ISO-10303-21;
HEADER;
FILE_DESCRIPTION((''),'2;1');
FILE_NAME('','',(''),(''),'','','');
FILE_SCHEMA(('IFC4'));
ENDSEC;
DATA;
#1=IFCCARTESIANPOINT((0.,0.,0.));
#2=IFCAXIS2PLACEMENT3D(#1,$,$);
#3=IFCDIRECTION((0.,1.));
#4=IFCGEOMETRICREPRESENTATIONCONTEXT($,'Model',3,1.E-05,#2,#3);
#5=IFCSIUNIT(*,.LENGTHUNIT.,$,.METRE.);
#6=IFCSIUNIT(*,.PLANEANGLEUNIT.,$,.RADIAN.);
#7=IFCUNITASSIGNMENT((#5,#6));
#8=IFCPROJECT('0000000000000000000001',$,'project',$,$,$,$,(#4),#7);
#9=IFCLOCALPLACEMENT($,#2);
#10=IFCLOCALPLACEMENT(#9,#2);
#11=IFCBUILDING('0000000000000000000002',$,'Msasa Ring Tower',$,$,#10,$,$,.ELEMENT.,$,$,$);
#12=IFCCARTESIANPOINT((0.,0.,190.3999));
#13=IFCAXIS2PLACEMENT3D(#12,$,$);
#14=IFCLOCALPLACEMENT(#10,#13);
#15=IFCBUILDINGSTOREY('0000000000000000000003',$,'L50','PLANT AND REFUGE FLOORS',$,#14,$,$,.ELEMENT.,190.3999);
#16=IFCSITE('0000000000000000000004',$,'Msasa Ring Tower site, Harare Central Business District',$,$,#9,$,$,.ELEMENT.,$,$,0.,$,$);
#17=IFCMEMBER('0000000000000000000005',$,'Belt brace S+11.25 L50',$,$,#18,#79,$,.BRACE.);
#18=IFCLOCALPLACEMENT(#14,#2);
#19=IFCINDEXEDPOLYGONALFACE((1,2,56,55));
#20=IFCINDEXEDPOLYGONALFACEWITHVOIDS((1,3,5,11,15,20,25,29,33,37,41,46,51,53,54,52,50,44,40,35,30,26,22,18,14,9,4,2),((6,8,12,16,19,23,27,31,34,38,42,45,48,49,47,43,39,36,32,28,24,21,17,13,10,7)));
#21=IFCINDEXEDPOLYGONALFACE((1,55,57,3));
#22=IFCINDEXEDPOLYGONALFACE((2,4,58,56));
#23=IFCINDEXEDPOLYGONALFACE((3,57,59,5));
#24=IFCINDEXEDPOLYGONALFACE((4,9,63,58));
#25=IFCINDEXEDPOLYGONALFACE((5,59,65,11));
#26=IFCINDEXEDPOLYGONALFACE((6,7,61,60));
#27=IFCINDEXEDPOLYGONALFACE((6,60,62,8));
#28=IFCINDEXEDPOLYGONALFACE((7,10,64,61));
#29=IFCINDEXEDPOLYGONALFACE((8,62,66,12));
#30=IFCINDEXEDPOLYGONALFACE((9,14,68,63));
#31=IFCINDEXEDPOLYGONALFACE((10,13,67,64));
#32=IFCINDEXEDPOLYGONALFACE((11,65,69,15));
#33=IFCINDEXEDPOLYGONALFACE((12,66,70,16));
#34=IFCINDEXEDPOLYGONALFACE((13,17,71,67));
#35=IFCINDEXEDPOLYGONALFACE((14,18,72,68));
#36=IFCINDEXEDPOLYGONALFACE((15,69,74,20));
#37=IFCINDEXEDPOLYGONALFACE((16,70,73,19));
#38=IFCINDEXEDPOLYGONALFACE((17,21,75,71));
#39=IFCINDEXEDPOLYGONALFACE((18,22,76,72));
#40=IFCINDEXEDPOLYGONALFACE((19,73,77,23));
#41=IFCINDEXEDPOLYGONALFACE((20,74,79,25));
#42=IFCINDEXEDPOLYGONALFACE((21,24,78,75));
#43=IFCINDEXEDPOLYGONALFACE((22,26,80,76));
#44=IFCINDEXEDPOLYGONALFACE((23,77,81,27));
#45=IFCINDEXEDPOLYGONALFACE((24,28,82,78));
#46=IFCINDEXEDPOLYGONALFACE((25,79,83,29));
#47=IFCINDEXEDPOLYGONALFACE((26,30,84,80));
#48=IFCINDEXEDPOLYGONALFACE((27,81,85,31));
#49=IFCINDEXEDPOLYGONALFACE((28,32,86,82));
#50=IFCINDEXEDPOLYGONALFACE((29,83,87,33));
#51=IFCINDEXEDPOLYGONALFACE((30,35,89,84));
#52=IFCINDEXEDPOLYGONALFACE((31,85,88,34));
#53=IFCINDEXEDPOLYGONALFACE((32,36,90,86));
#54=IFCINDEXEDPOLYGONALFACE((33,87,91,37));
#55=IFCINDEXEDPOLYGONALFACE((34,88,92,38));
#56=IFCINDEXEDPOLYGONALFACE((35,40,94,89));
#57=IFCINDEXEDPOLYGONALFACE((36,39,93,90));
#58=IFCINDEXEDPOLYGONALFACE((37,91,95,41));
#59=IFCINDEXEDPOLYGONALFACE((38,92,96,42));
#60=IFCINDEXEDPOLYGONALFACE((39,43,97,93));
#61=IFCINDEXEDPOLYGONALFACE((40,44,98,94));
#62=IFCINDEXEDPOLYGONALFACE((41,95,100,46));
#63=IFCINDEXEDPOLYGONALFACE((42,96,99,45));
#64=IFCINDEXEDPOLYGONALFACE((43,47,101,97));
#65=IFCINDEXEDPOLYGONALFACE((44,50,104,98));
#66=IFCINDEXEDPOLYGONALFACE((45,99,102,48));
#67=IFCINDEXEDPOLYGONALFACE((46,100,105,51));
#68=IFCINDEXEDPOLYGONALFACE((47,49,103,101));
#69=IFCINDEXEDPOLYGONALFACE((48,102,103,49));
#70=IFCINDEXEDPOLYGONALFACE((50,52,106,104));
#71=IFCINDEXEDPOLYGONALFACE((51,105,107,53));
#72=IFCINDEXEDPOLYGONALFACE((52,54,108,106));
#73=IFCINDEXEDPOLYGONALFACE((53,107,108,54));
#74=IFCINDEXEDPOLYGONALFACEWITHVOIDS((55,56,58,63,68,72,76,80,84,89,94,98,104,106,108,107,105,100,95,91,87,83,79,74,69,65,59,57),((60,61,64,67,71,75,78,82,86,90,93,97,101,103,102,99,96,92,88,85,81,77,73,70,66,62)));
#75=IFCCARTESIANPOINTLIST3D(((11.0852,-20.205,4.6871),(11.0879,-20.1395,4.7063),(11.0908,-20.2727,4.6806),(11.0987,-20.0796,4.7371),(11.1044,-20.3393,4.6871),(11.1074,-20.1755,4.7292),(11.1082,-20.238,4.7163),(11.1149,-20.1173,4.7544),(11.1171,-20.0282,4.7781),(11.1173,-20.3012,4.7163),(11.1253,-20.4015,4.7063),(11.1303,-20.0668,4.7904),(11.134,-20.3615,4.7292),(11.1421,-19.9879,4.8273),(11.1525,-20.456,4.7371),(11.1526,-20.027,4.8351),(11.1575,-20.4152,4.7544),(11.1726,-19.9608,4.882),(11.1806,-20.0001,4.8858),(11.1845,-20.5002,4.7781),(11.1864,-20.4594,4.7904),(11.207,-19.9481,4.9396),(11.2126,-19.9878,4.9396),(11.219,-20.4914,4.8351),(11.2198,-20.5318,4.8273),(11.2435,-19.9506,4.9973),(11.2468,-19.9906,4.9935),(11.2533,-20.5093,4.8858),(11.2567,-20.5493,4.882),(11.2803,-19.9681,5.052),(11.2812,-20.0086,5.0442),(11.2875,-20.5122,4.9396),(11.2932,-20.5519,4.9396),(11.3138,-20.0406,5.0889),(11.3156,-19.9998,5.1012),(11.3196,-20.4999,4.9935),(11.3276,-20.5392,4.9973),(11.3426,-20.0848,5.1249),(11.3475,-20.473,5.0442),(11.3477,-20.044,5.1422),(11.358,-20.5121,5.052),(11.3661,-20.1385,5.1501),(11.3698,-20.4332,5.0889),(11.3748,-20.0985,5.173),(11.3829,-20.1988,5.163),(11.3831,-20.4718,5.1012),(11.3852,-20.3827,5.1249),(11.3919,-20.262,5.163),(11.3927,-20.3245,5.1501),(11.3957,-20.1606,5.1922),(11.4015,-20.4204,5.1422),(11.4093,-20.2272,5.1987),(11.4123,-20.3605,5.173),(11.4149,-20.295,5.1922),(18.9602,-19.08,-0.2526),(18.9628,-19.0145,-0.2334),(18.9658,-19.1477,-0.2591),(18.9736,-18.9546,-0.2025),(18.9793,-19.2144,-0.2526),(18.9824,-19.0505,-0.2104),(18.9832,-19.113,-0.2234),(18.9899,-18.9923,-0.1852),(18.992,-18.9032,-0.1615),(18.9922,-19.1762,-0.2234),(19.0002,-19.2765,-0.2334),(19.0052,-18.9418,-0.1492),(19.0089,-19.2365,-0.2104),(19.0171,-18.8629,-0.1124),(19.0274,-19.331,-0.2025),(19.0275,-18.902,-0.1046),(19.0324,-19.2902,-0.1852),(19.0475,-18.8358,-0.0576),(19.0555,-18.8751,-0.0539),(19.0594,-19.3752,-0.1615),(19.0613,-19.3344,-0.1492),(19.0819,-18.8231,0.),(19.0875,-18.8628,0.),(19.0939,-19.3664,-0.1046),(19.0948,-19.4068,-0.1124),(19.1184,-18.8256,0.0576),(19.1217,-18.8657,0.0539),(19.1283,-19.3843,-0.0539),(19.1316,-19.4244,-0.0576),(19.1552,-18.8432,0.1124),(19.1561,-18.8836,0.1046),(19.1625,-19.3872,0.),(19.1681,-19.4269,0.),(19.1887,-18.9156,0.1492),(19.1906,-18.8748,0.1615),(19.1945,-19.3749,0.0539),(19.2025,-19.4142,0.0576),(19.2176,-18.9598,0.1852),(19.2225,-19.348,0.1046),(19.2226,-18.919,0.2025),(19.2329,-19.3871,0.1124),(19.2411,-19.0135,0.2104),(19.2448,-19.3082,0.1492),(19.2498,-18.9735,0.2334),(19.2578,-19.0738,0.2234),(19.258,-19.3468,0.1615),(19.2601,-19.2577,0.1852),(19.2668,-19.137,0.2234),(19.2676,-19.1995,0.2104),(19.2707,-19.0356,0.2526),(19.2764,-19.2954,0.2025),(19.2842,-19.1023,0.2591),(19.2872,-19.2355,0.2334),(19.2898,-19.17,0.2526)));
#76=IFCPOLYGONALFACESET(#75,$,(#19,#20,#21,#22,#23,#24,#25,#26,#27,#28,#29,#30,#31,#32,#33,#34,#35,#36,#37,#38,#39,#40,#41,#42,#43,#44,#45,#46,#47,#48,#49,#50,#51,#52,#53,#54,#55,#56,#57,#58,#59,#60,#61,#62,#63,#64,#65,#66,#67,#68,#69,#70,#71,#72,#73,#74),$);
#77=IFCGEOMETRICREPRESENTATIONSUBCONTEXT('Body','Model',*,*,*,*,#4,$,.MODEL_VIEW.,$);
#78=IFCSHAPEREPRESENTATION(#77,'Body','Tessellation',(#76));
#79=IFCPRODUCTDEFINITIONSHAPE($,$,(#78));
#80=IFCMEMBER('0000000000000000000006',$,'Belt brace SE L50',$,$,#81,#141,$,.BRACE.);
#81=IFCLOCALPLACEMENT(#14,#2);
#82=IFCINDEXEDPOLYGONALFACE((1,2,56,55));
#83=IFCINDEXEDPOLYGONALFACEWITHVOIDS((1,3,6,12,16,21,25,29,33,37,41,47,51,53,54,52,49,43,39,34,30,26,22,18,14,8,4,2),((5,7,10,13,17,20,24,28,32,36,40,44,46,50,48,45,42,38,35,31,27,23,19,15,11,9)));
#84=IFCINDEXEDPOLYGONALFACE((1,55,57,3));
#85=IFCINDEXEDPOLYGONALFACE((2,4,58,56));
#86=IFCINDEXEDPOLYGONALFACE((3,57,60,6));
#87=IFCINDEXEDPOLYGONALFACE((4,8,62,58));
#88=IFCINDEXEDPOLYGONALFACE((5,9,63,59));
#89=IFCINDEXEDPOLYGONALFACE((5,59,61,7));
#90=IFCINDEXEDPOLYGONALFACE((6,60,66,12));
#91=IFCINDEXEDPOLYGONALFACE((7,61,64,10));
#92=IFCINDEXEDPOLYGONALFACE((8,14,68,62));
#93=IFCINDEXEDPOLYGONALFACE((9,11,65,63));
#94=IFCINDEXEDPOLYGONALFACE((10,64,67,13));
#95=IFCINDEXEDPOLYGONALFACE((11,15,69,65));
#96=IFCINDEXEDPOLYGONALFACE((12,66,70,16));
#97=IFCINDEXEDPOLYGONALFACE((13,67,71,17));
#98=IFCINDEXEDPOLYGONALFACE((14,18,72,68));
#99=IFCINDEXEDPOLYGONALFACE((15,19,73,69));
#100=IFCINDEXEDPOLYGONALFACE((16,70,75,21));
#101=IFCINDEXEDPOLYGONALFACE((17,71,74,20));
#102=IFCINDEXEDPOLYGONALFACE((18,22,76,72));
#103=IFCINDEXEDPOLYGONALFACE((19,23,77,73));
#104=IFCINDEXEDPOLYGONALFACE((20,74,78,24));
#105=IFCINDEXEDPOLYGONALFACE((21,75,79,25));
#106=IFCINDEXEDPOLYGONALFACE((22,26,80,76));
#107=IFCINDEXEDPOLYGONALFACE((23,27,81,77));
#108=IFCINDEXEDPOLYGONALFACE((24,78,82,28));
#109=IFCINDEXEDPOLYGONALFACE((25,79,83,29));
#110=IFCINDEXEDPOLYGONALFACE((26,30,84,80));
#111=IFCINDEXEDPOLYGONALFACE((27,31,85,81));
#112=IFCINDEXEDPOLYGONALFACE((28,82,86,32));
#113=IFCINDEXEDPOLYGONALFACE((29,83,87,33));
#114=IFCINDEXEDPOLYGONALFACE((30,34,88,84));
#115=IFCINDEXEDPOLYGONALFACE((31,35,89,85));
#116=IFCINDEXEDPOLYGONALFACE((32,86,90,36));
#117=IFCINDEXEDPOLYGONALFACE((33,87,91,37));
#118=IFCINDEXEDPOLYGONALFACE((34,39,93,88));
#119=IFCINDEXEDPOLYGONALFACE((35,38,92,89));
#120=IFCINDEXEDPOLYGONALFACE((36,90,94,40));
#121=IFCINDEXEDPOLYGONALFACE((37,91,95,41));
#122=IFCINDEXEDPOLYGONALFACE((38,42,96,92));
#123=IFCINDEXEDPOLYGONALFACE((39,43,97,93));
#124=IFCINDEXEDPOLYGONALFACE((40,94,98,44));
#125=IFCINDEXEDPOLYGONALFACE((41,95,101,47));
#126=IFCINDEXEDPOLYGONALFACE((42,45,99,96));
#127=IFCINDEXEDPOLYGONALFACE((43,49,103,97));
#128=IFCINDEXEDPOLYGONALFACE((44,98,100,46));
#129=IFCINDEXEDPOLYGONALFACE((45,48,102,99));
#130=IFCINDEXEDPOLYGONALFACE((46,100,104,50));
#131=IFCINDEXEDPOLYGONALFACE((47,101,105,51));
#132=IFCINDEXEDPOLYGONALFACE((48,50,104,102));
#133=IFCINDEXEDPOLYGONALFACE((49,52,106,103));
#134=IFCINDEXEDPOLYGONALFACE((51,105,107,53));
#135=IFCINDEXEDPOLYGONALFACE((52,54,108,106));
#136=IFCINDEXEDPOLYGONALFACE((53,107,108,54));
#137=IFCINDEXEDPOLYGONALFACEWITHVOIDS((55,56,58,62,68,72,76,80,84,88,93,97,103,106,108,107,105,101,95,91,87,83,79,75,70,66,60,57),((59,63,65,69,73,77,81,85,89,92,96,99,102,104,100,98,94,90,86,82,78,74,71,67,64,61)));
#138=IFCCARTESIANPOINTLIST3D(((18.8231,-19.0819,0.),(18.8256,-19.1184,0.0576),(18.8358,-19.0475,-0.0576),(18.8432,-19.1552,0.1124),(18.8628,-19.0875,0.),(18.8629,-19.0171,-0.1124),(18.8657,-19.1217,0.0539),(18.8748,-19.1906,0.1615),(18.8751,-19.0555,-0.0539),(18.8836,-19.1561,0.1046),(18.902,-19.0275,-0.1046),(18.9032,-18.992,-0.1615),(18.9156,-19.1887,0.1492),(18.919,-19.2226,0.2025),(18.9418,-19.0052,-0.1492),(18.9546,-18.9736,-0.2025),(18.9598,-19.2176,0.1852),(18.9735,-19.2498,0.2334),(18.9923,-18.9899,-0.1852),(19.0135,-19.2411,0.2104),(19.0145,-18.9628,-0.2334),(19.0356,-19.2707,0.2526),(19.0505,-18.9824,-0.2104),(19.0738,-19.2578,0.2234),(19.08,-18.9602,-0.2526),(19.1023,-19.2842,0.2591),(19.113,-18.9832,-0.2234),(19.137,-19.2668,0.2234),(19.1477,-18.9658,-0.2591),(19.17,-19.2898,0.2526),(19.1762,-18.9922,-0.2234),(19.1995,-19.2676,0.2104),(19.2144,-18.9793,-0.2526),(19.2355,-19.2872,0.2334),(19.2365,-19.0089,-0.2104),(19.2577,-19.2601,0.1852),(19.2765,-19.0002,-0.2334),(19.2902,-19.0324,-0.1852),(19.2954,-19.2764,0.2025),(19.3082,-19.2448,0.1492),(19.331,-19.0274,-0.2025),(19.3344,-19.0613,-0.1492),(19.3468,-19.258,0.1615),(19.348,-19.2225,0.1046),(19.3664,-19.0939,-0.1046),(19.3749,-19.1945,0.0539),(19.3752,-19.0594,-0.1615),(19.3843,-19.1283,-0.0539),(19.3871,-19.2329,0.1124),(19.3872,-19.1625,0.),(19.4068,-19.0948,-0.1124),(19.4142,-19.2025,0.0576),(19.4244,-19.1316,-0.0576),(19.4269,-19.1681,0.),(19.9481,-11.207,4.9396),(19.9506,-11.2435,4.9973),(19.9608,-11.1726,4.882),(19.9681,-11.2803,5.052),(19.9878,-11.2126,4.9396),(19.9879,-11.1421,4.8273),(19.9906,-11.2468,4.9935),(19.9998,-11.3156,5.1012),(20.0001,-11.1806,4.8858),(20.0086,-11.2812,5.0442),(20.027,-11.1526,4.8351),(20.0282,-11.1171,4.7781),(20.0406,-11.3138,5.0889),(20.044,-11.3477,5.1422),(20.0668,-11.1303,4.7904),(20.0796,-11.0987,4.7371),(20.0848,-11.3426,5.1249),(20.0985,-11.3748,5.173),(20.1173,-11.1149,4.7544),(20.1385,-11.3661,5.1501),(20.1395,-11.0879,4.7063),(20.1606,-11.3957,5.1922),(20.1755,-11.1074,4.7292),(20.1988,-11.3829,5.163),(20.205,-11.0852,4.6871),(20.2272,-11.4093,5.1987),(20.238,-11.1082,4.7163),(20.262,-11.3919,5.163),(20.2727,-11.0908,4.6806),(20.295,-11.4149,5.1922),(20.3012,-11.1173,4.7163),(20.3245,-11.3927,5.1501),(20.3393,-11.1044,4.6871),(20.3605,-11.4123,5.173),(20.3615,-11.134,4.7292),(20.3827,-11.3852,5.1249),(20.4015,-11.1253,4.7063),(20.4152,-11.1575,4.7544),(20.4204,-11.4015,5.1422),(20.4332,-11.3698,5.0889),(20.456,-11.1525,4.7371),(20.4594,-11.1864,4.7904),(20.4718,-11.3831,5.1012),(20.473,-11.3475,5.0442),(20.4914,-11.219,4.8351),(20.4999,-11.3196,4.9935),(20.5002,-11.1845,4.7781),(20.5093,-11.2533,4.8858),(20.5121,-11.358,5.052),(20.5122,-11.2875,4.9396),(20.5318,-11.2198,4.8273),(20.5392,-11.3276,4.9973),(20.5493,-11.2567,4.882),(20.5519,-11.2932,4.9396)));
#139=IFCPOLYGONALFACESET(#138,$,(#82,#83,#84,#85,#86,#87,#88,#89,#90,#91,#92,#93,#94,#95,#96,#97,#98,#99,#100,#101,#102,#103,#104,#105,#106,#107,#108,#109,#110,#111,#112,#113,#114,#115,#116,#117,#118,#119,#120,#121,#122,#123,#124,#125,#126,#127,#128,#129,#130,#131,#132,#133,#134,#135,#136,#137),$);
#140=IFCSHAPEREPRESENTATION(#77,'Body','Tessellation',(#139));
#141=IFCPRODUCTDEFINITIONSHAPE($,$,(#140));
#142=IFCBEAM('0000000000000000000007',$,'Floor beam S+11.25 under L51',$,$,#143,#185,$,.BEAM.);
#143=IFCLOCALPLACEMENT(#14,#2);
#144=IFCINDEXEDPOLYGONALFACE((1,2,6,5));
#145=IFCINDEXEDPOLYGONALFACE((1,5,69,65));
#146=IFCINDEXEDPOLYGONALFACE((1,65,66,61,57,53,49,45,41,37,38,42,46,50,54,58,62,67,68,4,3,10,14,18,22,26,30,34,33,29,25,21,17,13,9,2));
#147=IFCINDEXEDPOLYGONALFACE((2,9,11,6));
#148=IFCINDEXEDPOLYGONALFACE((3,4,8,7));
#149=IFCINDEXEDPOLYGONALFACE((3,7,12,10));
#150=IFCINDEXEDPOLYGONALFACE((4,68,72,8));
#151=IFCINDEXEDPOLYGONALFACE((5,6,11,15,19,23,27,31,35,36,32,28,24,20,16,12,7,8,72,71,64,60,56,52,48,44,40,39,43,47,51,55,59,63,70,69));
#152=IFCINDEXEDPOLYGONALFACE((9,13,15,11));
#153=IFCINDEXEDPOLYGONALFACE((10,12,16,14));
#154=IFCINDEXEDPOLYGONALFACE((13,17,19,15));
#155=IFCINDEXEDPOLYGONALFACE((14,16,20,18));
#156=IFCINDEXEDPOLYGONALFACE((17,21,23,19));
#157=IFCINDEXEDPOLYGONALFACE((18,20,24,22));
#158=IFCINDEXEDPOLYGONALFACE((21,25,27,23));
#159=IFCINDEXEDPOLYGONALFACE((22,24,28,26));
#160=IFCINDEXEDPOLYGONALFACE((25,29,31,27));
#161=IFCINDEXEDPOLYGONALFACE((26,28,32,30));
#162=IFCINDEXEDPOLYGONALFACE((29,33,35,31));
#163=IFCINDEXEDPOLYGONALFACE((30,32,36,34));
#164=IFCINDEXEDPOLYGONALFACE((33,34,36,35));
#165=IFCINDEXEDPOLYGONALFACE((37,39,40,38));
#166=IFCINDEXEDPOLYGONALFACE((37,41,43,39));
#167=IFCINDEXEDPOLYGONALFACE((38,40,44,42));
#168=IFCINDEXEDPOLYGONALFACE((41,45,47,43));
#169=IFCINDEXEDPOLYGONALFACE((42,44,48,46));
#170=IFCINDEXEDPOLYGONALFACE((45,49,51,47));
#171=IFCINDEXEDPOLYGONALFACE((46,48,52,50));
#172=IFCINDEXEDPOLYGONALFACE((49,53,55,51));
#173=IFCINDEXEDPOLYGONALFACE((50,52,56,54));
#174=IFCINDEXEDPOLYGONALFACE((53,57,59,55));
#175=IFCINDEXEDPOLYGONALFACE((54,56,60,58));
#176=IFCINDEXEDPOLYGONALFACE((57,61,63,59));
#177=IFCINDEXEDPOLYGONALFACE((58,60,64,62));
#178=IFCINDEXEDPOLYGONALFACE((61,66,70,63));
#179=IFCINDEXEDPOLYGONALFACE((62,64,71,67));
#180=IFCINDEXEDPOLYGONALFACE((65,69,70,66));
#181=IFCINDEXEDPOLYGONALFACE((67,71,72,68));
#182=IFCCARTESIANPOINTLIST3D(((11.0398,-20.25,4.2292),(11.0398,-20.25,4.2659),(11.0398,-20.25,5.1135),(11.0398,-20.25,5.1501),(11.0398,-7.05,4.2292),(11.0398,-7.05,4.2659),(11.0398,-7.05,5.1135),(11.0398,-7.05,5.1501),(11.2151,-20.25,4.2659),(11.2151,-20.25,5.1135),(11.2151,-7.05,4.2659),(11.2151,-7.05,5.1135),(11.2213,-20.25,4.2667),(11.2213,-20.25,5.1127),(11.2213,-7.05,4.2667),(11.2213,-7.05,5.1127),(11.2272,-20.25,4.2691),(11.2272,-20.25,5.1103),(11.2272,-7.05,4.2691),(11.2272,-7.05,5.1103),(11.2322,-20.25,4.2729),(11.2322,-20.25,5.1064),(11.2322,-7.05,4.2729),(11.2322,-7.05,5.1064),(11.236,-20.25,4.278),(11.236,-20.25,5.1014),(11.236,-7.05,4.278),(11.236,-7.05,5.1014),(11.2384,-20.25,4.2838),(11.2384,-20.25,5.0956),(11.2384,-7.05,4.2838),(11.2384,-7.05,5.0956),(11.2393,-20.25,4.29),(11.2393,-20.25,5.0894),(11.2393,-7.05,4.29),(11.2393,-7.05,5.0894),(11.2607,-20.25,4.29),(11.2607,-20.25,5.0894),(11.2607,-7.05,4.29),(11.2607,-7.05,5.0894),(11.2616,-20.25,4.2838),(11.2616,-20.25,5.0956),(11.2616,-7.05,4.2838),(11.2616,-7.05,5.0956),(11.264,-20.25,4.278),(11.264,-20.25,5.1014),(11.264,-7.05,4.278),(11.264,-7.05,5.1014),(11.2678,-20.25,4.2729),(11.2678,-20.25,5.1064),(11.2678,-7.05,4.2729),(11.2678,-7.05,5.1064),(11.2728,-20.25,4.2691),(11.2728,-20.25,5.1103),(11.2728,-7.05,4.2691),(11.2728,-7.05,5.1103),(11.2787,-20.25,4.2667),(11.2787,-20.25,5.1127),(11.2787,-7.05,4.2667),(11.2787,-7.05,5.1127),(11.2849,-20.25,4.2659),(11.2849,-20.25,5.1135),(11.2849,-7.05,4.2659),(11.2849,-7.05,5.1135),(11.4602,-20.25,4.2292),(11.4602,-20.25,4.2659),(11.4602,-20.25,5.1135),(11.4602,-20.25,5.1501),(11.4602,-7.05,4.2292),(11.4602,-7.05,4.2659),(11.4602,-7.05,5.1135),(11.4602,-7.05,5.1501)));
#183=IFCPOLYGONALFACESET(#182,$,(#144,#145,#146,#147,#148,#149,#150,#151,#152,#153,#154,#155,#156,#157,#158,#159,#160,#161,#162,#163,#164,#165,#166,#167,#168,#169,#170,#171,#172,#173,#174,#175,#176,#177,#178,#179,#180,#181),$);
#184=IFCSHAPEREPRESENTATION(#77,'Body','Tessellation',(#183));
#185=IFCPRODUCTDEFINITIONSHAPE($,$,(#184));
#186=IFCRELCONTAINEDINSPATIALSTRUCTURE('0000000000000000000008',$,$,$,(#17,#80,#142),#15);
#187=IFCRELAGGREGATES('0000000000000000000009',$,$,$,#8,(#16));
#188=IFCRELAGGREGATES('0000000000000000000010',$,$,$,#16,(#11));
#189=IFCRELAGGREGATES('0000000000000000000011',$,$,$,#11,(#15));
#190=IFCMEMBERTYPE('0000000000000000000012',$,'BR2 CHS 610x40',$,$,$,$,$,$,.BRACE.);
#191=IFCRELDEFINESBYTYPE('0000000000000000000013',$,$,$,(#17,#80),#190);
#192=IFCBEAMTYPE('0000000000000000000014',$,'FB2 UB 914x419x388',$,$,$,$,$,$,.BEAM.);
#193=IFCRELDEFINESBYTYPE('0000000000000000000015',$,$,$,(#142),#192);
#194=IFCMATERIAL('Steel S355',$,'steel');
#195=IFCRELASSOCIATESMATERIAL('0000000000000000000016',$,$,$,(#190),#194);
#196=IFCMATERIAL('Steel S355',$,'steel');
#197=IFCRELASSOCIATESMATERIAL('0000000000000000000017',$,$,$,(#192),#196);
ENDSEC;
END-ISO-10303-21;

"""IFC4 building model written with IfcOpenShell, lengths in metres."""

from ifc_helpers import new_model, si_unit, direction, frame, origin, origin_2d, place, context, subcontext, project, spatial, hollow_circle, i_section, extrude, material, material_profile, profile_set, type_object, element, save


model = new_model("IFC4")

# Units and contexts
model_context = context("Model", 3, precision=1e-05, world=origin(), true_north=direction((0.0, 1.0)))
body_context = subcontext(model_context, "Body", "Model", "MODEL_VIEW")
ifc_project = project(units=[si_unit("LENGTHUNIT", "METRE"), si_unit("PLANEANGLEUNIT", "RADIAN")], contexts=[model_context])

# Site, building, storey
site_placement = place(None, origin())
site = spatial("IfcSite", under=ifc_project, at=site_placement, Name="Msasa Ring Tower site, Harare Central Business District", CompositionType="ELEMENT", RefElevation=0.0)
building_placement = place(site_placement, origin())
building = spatial("IfcBuilding", under=site, at=building_placement, Name="Msasa Ring Tower", CompositionType="ELEMENT")
storey_placement = place(building_placement, frame((0.0, 0.0, 190.3999)))
storey = spatial("IfcBuildingStorey", under=building, at=storey_placement, Name="L50", Description="PLANT AND REFUGE FLOORS", CompositionType="ELEMENT", Elevation=190.3999)

# Members
ifc_material_1 = material(Name="Steel S355", Category="steel")
ifc_material_profile_1 = material_profile(ifc_material_1, hollow_circle(Radius=0.3049, WallThickness=0.04, at=origin_2d()), Name="CHS 610x40")
ifc_profile_set_1 = profile_set([ifc_material_profile_1], Name="Steel S355")
member_type = type_object("IfcMemberType", Name="BR2 CHS 610x40", PredefinedType="BRACE", material=ifc_profile_set_1)
for number, where, z_axis, x_axis, name in (
    (1, (19.125, -19.125, 0.0), (-0.840999, -0.120143, 0.527528), (0.141421, -0.989949, 0.0), "Belt brace S+11.25 L50"),
    (2, (19.125, -19.125, 0.0), (0.120143, 0.840999, 0.527528), (-0.989949, 0.141421, 0.0), "Belt brace SE L50"),
):
    element("IfcMember", number, at=place(storey_placement, frame(where, z_axis=z_axis, x_axis=x_axis)), inside=storey, type_object=member_type, Name=name, PredefinedType="BRACE", context=body_context, shape_type="SweptSolid", body=[
        extrude(hollow_circle(Radius=0.3049, WallThickness=0.04, at=origin_2d()), origin(), (0.0, 0.0, 1.0), 9.3638),
    ])

# Beam
ifc_material_2 = material(Name="Steel S355", Category="steel")
ifc_material_profile_2 = material_profile(ifc_material_2, i_section(OverallWidth=0.4204, OverallDepth=0.9209, WebThickness=0.0215, FlangeThickness=0.0366, FilletRadius=0.0242, at=origin_2d()), Name="UB 914x419x388")
ifc_profile_set_2 = profile_set([ifc_material_profile_2], Name="Steel S355")
beam_type_1 = type_object("IfcBeamType", Name="FB2 UB 914x419x388", PredefinedType="BEAM", material=ifc_profile_set_2)
beam_1_placement = place(storey_placement, frame((11.25, -20.25, 4.6897), z_axis=(0.0, 1.0, 0.0), x_axis=(-1.0, 0.0, 0.0)))
element("IfcBeam", 3, at=beam_1_placement, inside=storey, type_object=beam_type_1, Name="Floor beam S+11.25 under L51", PredefinedType="BEAM", context=body_context, shape_type="SweptSolid", body=[
    extrude(i_section(OverallWidth=0.4204, OverallDepth=0.9209, WebThickness=0.0215, FlangeThickness=0.0366, FilletRadius=0.0242, at=origin_2d()), origin(), (0.0, 0.0, 1.0), 13.2),
])

save(model, "model.ifc")
